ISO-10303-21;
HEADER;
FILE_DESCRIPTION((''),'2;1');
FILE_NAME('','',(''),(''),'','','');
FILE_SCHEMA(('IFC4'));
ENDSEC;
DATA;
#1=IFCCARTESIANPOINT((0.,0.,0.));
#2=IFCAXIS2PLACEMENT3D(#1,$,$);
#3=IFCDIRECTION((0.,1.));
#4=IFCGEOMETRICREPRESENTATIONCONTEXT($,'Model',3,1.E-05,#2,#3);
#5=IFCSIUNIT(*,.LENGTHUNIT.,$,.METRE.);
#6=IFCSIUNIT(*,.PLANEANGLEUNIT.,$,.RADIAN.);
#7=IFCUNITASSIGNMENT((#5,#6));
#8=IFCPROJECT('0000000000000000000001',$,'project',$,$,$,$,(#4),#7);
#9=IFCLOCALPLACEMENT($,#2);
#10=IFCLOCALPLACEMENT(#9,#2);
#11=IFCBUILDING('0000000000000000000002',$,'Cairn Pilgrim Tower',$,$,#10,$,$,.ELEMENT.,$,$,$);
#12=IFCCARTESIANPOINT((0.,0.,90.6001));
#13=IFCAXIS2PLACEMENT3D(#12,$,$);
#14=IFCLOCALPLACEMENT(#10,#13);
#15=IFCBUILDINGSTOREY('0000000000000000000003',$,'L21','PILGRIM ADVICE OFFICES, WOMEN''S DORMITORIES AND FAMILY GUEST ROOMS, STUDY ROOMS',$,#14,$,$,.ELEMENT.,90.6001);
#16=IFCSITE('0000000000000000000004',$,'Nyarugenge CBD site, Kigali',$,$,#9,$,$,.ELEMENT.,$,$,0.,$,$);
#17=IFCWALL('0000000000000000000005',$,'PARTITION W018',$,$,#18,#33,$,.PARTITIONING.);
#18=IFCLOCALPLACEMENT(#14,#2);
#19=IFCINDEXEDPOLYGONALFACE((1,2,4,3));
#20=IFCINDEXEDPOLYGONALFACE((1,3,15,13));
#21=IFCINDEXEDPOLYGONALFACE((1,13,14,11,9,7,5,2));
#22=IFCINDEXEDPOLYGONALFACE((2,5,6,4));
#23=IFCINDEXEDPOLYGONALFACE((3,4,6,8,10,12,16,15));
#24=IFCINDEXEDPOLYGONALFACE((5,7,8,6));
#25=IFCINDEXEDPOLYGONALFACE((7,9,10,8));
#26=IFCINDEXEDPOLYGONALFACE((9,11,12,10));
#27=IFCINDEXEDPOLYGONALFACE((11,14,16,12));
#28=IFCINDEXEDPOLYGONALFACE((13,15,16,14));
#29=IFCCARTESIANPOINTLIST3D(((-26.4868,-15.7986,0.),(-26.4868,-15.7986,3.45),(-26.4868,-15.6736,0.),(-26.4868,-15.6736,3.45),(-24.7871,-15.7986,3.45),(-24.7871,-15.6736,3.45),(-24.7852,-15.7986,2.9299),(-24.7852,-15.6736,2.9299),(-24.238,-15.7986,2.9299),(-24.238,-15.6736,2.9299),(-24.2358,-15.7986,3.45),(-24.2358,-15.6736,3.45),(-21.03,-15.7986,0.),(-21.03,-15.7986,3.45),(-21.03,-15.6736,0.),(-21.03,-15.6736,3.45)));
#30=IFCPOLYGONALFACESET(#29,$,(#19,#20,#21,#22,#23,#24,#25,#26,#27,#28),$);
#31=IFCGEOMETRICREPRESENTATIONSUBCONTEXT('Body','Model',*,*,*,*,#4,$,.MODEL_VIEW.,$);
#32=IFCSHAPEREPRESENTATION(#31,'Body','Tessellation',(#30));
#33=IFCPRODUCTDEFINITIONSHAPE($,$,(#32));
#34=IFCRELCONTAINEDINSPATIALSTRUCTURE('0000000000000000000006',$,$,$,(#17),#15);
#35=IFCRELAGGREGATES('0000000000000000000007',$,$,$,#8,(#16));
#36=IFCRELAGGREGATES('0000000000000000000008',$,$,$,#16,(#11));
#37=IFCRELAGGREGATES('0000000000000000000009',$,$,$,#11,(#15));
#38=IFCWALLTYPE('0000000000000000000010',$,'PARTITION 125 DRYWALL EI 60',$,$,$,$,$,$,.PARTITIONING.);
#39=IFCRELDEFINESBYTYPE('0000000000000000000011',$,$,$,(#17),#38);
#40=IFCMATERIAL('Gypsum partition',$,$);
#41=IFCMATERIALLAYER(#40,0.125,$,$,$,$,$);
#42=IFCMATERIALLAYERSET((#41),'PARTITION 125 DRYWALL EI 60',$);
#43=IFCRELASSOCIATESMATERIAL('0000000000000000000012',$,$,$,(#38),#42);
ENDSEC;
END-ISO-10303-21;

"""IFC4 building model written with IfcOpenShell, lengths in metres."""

from ifc_helpers import new_model, si_unit, direction, frame, origin, place, context, subcontext, project, spatial, polyline, outline, extrude, material, layer, layer_set, type_object, element, save


model = new_model("IFC4")

# Units and contexts
model_context = context("Model", 3, precision=1e-05, world=origin(), true_north=direction((0.0, 1.0)))
body_context = subcontext(model_context, "Body", "Model", "MODEL_VIEW")
ifc_project = project(units=[si_unit("LENGTHUNIT", "METRE"), si_unit("PLANEANGLEUNIT", "RADIAN")], contexts=[model_context])

# Site, building, storey
site_placement = place(None, origin())
site = spatial("IfcSite", under=ifc_project, at=site_placement, Name="Nyarugenge CBD site, Kigali", CompositionType="ELEMENT", RefElevation=0.0)
building_placement = place(site_placement, origin())
building = spatial("IfcBuilding", under=site, at=building_placement, Name="Cairn Pilgrim Tower", CompositionType="ELEMENT")
storey_placement = place(building_placement, frame((0.0, 0.0, 90.6001)))
storey = spatial("IfcBuildingStorey", under=building, at=storey_placement, Name="L21", Description="PILGRIM ADVICE OFFICES, WOMEN'S DORMITORIES AND FAMILY GUEST ROOMS, STUDY ROOMS", CompositionType="ELEMENT", Elevation=90.6001)

# Wall
ifc_material_1 = material(Name="Gypsum partition")
ifc_layer_1 = layer(ifc_material_1, 0.125)
ifc_layer_set_1 = layer_set([ifc_layer_1], Name="PARTITION 125 DRYWALL EI 60")
wall_type = type_object("IfcWallType", Name="PARTITION 125 DRYWALL EI 60", PredefinedType="PARTITIONING", material=ifc_layer_set_1)
wall_1_placement = place(storey_placement, frame((-26.4868, -15.7361, 0.0), z_axis=(0.0, 0.0, 1.0), x_axis=(1.0, 0.0, 0.0)))
element("IfcWall", 1, at=wall_1_placement, inside=storey, type_object=wall_type, Name="PARTITION W018", PredefinedType="PARTITIONING", context=body_context, shape_type="SweptSolid", body=[
    extrude(outline(polyline([(0.0, 0.0), (5.4568, 0.0), (5.4568, 3.45), (2.251, 3.45), (2.2488, 2.9299), (1.7017, 2.9299), (1.6997, 3.45), (0.0, 3.45), (0.0, 0.0)])), frame((0.0, 0.0625, 0.0), z_axis=(0.0, -1.0, 0.0), x_axis=(1.0, 0.0, 0.0)), (0.0, 0.0, 1.0), 0.125),
])

save(model, "model.ifc")
